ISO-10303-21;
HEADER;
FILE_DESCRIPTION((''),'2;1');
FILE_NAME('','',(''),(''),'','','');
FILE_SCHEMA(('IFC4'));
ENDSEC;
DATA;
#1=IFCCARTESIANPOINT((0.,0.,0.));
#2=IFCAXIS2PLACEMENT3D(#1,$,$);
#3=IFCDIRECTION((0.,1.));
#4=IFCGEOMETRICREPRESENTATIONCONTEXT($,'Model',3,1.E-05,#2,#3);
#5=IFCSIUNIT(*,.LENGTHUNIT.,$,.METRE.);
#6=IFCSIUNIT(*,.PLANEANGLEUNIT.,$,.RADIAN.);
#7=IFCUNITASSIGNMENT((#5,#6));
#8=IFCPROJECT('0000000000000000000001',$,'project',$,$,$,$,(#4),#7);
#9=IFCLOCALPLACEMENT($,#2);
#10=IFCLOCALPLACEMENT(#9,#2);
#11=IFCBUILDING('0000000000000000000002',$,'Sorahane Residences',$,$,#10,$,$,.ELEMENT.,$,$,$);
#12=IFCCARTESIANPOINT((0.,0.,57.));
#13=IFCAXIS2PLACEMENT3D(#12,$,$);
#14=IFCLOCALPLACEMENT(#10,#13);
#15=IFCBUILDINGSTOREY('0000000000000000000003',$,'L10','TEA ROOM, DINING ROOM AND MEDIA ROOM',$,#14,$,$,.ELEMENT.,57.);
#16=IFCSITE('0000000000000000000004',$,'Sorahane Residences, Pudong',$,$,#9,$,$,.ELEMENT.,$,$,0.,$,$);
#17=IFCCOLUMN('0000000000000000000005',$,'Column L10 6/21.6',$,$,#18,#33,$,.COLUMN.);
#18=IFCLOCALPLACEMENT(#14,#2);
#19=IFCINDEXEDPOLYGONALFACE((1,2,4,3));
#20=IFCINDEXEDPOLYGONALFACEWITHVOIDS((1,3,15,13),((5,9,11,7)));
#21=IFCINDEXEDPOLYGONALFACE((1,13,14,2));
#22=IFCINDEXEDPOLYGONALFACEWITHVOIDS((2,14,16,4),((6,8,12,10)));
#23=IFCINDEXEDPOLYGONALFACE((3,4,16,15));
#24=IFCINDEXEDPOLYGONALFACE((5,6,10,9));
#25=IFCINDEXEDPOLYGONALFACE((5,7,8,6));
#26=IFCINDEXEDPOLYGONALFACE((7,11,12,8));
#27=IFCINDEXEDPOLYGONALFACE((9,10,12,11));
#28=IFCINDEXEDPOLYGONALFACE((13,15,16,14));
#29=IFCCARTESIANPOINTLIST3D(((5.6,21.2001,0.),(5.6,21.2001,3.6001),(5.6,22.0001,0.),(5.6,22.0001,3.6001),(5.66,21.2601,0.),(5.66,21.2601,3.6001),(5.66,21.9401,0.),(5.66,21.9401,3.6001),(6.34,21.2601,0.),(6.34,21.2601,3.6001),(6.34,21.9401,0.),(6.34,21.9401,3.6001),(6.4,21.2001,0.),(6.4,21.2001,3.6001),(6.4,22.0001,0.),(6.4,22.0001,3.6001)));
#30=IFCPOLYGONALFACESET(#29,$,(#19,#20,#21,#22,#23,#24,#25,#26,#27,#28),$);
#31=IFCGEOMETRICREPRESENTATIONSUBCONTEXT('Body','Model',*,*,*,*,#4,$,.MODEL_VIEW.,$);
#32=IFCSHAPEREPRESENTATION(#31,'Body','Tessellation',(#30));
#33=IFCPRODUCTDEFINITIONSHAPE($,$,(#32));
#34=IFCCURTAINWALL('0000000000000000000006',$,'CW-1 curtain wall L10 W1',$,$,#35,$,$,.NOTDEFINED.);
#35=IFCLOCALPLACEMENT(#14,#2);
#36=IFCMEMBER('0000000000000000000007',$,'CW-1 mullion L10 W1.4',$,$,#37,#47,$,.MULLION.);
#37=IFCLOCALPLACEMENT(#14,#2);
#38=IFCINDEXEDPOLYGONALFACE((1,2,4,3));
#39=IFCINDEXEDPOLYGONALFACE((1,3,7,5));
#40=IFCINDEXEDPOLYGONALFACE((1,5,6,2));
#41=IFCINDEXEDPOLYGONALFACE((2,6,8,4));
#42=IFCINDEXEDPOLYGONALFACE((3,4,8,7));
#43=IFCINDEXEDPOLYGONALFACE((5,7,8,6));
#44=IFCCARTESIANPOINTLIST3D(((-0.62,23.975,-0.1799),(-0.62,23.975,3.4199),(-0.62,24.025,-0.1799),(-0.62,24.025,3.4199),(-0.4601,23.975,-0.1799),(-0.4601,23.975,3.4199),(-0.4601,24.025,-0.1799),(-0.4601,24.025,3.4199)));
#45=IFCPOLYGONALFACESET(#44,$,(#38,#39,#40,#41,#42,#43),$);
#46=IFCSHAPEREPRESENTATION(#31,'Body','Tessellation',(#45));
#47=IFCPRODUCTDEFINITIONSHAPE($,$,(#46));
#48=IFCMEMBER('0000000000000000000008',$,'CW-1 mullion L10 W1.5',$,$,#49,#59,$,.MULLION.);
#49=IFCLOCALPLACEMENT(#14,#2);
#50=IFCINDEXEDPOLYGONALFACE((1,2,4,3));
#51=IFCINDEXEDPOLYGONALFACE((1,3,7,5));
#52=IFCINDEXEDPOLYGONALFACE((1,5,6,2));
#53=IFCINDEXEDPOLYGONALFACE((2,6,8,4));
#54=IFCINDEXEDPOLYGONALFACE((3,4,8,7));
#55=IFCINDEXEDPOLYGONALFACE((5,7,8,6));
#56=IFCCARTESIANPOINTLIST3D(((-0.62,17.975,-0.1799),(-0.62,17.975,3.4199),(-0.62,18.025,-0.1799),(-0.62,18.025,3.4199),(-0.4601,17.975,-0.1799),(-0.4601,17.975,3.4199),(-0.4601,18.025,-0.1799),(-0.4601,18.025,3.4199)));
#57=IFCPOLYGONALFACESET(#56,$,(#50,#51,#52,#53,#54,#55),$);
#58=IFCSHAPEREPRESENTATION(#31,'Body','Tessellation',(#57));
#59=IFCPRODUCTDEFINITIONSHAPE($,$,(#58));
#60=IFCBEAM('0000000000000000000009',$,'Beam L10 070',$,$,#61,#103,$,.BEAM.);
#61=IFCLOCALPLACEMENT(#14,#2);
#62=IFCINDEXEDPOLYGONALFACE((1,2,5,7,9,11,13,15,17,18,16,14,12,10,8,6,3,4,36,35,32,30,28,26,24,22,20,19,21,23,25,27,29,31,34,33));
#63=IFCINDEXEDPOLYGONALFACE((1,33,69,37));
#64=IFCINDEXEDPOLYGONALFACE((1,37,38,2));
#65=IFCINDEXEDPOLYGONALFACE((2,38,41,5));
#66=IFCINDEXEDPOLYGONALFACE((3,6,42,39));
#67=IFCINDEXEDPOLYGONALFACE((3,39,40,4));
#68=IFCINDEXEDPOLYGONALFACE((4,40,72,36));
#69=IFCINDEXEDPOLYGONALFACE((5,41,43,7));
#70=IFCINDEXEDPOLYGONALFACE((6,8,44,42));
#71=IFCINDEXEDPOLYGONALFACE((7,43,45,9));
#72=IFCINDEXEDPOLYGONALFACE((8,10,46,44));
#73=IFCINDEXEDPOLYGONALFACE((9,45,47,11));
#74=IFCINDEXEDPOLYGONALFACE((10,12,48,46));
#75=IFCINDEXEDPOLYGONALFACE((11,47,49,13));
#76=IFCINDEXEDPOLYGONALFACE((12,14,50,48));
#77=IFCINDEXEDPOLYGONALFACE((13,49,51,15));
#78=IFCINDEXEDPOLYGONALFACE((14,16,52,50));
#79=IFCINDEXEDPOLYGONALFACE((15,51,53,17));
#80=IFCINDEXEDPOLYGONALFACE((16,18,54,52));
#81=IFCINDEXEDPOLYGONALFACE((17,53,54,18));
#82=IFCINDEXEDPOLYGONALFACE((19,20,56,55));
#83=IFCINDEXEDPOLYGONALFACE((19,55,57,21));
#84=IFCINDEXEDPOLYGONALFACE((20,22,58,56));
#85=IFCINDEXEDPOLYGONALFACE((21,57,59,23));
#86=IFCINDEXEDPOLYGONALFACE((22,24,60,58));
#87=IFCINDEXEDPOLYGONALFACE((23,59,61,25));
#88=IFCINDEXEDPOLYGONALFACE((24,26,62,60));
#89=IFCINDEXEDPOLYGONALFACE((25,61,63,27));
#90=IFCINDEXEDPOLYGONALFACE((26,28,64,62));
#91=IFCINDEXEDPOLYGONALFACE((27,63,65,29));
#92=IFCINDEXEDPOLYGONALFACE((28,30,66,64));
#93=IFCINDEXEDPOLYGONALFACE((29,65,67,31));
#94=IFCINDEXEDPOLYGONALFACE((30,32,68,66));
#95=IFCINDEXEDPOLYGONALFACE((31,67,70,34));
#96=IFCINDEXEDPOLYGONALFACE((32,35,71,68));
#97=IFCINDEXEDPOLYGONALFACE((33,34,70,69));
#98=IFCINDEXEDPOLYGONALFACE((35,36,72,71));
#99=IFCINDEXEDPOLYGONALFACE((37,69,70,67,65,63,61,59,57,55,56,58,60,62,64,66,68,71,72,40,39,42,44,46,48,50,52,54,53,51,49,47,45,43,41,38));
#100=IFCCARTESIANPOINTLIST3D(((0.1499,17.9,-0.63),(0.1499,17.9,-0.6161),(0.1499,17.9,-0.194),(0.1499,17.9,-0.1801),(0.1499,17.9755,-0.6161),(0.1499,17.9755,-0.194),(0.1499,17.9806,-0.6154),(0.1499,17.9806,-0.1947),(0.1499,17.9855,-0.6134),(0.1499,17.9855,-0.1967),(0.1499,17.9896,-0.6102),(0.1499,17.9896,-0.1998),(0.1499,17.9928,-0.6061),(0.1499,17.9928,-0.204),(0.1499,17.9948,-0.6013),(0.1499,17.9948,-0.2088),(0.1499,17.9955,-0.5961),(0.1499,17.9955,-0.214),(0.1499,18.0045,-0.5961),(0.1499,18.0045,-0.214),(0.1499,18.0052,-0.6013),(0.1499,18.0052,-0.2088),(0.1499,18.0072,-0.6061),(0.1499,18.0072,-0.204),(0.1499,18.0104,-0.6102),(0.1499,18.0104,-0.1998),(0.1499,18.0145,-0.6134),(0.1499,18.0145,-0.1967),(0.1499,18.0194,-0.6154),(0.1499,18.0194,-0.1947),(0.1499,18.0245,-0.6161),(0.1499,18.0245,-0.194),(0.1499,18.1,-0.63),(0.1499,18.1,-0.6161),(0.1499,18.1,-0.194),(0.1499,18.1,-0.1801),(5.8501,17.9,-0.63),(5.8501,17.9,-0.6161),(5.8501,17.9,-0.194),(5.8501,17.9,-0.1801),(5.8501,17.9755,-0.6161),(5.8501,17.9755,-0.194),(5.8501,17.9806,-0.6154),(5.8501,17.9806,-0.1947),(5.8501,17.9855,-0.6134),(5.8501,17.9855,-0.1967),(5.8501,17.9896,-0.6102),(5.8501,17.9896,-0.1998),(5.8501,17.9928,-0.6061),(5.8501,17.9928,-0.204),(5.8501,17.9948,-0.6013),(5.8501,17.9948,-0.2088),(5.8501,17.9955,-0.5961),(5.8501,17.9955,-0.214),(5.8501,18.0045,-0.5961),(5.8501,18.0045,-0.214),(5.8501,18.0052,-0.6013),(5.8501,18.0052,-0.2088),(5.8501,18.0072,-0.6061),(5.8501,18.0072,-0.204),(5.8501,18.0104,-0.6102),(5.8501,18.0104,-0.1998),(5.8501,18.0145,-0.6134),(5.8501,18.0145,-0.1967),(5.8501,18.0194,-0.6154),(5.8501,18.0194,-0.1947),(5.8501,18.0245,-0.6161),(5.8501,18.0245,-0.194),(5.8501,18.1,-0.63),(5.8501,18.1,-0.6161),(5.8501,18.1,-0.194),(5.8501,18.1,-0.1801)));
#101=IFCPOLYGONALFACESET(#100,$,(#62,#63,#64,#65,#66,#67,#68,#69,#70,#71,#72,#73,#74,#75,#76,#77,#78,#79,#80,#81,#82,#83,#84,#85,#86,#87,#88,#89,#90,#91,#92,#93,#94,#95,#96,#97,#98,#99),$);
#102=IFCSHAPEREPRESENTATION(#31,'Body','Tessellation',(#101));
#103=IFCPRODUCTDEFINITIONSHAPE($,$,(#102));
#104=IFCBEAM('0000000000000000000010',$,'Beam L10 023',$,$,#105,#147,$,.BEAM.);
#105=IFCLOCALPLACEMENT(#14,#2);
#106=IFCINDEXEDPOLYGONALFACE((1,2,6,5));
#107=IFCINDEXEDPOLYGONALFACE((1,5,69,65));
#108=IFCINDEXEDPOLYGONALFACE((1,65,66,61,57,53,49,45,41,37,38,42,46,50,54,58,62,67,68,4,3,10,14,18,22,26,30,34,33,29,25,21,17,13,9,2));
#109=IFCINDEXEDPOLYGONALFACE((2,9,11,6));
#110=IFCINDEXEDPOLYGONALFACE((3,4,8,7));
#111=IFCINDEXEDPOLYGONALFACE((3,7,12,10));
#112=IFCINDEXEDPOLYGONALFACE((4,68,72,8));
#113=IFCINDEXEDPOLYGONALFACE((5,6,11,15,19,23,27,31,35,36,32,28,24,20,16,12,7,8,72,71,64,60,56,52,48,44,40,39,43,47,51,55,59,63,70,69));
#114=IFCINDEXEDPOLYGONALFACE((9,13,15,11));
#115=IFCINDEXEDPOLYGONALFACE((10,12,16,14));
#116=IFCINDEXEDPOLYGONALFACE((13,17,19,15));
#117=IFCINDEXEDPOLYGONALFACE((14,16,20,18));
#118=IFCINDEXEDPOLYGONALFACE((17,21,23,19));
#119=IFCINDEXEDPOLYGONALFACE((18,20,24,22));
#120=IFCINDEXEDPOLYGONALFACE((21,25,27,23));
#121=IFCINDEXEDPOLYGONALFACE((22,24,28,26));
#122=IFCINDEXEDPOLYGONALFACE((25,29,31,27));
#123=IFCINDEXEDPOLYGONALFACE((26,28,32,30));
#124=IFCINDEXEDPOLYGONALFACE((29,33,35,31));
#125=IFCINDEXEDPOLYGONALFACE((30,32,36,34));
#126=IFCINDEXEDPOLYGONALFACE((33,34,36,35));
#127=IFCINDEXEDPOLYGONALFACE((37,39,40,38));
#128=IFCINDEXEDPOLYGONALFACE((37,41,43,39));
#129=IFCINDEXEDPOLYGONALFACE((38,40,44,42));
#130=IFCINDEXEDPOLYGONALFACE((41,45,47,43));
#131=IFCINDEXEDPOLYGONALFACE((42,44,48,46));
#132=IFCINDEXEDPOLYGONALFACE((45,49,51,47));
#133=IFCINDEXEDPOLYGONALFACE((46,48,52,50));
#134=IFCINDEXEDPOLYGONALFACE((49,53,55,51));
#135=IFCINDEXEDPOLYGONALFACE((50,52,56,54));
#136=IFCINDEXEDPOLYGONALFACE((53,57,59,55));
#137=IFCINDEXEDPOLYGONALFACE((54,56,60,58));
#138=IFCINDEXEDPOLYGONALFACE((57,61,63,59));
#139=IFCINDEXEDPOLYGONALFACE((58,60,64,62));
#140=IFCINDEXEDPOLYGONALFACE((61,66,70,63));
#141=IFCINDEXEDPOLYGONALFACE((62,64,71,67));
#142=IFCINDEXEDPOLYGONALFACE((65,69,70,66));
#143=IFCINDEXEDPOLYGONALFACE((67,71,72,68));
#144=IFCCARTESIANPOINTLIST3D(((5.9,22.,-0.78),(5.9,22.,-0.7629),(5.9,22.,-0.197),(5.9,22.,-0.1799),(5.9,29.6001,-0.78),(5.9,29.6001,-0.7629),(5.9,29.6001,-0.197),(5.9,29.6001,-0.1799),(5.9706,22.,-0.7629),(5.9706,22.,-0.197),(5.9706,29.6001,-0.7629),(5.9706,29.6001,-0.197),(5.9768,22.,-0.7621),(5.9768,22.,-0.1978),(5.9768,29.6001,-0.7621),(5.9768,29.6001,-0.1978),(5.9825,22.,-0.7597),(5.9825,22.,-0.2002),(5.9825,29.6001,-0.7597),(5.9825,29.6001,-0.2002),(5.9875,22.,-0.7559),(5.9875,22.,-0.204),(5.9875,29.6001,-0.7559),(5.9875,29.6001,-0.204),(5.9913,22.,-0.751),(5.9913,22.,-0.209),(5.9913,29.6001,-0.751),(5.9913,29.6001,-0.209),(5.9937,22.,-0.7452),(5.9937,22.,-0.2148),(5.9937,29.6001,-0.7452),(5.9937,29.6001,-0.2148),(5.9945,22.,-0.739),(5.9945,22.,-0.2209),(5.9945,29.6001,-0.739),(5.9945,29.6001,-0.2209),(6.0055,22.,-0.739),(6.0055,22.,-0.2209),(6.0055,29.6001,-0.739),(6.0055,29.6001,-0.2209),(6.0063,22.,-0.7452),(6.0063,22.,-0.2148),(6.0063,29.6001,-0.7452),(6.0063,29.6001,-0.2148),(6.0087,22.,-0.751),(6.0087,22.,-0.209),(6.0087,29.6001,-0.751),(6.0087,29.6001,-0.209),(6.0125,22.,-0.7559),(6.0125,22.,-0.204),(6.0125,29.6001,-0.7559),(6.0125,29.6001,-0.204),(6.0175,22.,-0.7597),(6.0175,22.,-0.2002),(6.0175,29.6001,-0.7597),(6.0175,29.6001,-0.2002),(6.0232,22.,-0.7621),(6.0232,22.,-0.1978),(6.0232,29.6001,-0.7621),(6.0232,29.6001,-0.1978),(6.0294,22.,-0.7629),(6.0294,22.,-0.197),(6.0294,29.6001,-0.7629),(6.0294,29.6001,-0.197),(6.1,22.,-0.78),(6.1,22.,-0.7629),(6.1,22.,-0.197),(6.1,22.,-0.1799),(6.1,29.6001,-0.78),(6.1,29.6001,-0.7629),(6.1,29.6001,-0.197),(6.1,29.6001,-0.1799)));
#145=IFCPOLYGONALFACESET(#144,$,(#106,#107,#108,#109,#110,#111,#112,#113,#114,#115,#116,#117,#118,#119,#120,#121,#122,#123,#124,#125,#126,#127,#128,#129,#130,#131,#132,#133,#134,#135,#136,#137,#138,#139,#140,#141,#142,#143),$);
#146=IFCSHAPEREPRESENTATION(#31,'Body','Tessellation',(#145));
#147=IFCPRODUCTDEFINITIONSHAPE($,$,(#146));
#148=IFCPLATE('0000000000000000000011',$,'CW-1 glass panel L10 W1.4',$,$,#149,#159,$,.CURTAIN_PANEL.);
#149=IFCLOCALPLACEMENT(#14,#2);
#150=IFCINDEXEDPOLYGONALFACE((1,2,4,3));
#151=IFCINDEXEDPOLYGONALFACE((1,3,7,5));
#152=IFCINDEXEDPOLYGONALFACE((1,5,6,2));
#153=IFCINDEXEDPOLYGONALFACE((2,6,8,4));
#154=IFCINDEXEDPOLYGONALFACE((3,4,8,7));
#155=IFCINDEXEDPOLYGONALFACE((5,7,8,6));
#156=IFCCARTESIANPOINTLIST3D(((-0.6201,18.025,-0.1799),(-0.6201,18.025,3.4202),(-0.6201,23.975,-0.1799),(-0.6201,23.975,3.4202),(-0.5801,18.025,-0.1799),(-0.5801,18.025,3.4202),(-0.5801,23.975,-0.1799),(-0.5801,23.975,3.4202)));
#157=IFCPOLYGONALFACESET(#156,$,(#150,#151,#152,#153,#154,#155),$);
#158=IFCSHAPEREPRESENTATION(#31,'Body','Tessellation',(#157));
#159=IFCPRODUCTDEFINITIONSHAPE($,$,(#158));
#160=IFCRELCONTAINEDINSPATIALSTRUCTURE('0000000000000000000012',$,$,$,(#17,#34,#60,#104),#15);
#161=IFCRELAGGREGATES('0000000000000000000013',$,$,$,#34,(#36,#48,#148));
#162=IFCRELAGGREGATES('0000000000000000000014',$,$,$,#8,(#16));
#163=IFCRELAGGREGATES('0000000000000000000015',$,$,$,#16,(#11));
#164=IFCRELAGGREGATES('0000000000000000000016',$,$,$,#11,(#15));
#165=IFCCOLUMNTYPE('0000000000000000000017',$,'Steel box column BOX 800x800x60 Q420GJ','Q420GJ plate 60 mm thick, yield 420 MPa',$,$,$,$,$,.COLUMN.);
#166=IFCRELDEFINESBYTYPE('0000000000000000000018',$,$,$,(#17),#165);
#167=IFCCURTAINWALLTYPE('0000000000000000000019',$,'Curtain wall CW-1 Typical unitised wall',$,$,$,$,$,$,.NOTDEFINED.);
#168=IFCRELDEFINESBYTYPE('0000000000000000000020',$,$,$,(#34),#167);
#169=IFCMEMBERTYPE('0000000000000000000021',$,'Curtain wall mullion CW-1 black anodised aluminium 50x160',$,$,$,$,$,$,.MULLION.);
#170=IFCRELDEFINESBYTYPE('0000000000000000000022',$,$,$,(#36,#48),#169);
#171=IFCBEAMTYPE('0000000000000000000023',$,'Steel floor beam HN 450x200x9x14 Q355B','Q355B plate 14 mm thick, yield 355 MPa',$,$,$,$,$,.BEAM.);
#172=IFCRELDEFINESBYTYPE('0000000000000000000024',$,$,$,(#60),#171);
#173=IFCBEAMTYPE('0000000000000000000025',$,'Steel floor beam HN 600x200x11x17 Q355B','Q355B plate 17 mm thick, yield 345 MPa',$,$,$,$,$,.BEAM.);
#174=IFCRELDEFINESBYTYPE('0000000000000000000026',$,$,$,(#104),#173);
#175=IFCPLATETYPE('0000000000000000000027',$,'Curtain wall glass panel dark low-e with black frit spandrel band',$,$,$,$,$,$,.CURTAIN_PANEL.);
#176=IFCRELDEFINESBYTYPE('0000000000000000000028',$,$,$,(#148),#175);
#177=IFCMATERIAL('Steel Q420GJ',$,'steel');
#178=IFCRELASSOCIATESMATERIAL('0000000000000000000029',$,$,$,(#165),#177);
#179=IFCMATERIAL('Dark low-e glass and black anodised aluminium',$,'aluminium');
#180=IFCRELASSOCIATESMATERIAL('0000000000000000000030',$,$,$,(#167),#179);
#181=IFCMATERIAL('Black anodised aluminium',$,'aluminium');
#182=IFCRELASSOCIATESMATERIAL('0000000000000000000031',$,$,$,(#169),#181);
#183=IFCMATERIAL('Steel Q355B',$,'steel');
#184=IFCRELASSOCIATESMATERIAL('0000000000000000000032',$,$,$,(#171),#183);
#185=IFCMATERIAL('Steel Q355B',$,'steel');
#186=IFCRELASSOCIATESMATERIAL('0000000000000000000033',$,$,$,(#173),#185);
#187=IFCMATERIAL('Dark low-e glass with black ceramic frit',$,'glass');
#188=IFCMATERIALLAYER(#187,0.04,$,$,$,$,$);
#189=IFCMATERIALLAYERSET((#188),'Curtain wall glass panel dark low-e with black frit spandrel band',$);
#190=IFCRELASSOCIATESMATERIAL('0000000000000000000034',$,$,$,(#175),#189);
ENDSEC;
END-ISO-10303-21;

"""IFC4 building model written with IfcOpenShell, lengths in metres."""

from ifc_helpers import new_model, si_unit, direction, frame, origin, origin_2d, place, context, subcontext, project, spatial, rectangle, hollow_rectangle, i_section, extrude, material, layer, layer_set, material_profile, profile_set, type_object, element, aggregate, save


model = new_model("IFC4")

# Units and contexts
model_context = context("Model", 3, precision=1e-05, world=origin(), true_north=direction((0.0, 1.0)))
body_context = subcontext(model_context, "Body", "Model", "MODEL_VIEW")
ifc_project = project(units=[si_unit("LENGTHUNIT", "METRE"), si_unit("PLANEANGLEUNIT", "RADIAN")], contexts=[model_context])

# Site, building, storey
site_placement = place(None, origin())
site = spatial("IfcSite", under=ifc_project, at=site_placement, Name="Sorahane Residences, Pudong", CompositionType="ELEMENT", RefElevation=0.0)
building_placement = place(site_placement, origin())
building = spatial("IfcBuilding", under=site, at=building_placement, Name="Sorahane Residences", CompositionType="ELEMENT")
storey_placement = place(building_placement, frame((0.0, 0.0, 57.0)))
storey = spatial("IfcBuildingStorey", under=building, at=storey_placement, Name="L10", Description="TEA ROOM, DINING ROOM AND MEDIA ROOM", CompositionType="ELEMENT", Elevation=57.0)

# Column
ifc_material_1 = material(Name="Steel Q420GJ", Category="steel")
ifc_material_profile_1 = material_profile(ifc_material_1, hollow_rectangle(XDim=0.8, YDim=0.8, WallThickness=0.0601, at=origin_2d()), Name="BOX 800x800x60")
ifc_profile_set_1 = profile_set([ifc_material_profile_1], Name="Steel Q420GJ")
column_type = type_object("IfcColumnType", Name="Steel box column BOX 800x800x60 Q420GJ", Description="Q420GJ plate 60 mm thick, yield 420 MPa", PredefinedType="COLUMN", material=ifc_profile_set_1)
column_placement = place(storey_placement, frame((6.0, 21.6001, 0.0), z_axis=(0.0, 0.0, 1.0), x_axis=(1.0, 0.0, 0.0)))
element("IfcColumn", 1, at=column_placement, inside=storey, type_object=column_type, Name="Column L10 6/21.6", PredefinedType="COLUMN", context=body_context, shape_type="SweptSolid", body=[
    extrude(hollow_rectangle(XDim=0.8, YDim=0.8, WallThickness=0.0601, at=origin_2d()), origin(), (0.0, 0.0, 1.0), 3.6001),
])

# Curtain wall, members
ifc_material_2 = material(Name="Dark low-e glass and black anodised aluminium", Category="aluminium")
curtain_wall_type = type_object("IfcCurtainWallType", Name="Curtain wall CW-1 Typical unitised wall", PredefinedType="NOTDEFINED", material=ifc_material_2)
curtain_wall_placement = place(storey_placement, origin())
curtain_wall = element("IfcCurtainWall", 2, at=curtain_wall_placement, inside=storey, type_object=curtain_wall_type, Name="CW-1 curtain wall L10 W1", PredefinedType="NOTDEFINED")
ifc_material_3 = material(Name="Black anodised aluminium", Category="aluminium")
ifc_material_profile_2 = material_profile(ifc_material_3, rectangle(XDim=0.1599, YDim=0.05, at=origin_2d()), Name="Curtain wall mullion CW-1 black anodised aluminium 50x160")
ifc_profile_set_2 = profile_set([ifc_material_profile_2], Name="Black anodised aluminium")
member_type = type_object("IfcMemberType", Name="Curtain wall mullion CW-1 black anodised aluminium 50x160", PredefinedType="MULLION", material=ifc_profile_set_2)
member_1_placement = place(storey_placement, frame((-0.54, 24.0, -0.1799), z_axis=(0.0, 0.0, 1.0), x_axis=(-1.0, 0.0, 0.0)))
member_1 = element("IfcMember", 3, at=member_1_placement, type_object=member_type, Name="CW-1 mullion L10 W1.4", PredefinedType="MULLION", context=body_context, shape_type="SweptSolid", body=[
    extrude(rectangle(XDim=0.1599, YDim=0.05, at=origin_2d()), origin(), (0.0, 0.0, 1.0), 3.5999),
])
member_2_placement = place(storey_placement, frame((-0.54, 18.0, -0.1799), z_axis=(0.0, 0.0, 1.0), x_axis=(-1.0, 0.0, 0.0)))
member_2 = element("IfcMember", 4, at=member_2_placement, type_object=member_type, Name="CW-1 mullion L10 W1.5", PredefinedType="MULLION", context=body_context, shape_type="SweptSolid", body=[
    extrude(rectangle(XDim=0.1599, YDim=0.05, at=origin_2d()), origin(), (0.0, 0.0, 1.0), 3.5999),
])

# Beams
ifc_material_4 = material(Name="Steel Q355B", Category="steel")
ifc_material_profile_3 = material_profile(ifc_material_4, i_section(OverallWidth=0.2, OverallDepth=0.45, WebThickness=0.009, FlangeThickness=0.0139, FilletRadius=0.02, at=origin_2d()), Name="HN 450x200x9x14")
ifc_profile_set_3 = profile_set([ifc_material_profile_3], Name="Steel Q355B")
beam_type_1 = type_object("IfcBeamType", Name="Steel floor beam HN 450x200x9x14 Q355B", Description="Q355B plate 14 mm thick, yield 355 MPa", PredefinedType="BEAM", material=ifc_profile_set_3)
beam_1_placement = place(storey_placement, frame((0.1499, 18.0, -0.405), z_axis=(1.0, 0.0, 0.0), x_axis=(0.0, 1.0, 0.0)))
element("IfcBeam", 5, at=beam_1_placement, inside=storey, type_object=beam_type_1, Name="Beam L10 070", PredefinedType="BEAM", context=body_context, shape_type="SweptSolid", body=[
    extrude(i_section(OverallWidth=0.2, OverallDepth=0.45, WebThickness=0.009, FlangeThickness=0.0139, FilletRadius=0.02, at=origin_2d()), origin(), (0.0, 0.0, 1.0), 5.7002),
])
ifc_material_5 = material(Name="Steel Q355B", Category="steel")
ifc_material_profile_4 = material_profile(ifc_material_5, i_section(OverallWidth=0.2, OverallDepth=0.6001, WebThickness=0.011, FlangeThickness=0.0171, FilletRadius=0.0239, at=origin_2d()), Name="HN 600x200x11x17")
ifc_profile_set_4 = profile_set([ifc_material_profile_4], Name="Steel Q355B")
beam_type_2 = type_object("IfcBeamType", Name="Steel floor beam HN 600x200x11x17 Q355B", Description="Q355B plate 17 mm thick, yield 345 MPa", PredefinedType="BEAM", material=ifc_profile_set_4)
beam_2_placement = place(storey_placement, frame((6.0, 22.0, -0.48), z_axis=(0.0, 1.0, 0.0), x_axis=(-1.0, 0.0, 0.0)))
element("IfcBeam", 6, at=beam_2_placement, inside=storey, type_object=beam_type_2, Name="Beam L10 023", PredefinedType="BEAM", context=body_context, shape_type="SweptSolid", body=[
    extrude(i_section(OverallWidth=0.2, OverallDepth=0.6001, WebThickness=0.011, FlangeThickness=0.0171, FilletRadius=0.0239, at=origin_2d()), origin(), (0.0, 0.0, 1.0), 7.6001),
])

# Plate
ifc_material_6 = material(Name="Dark low-e glass with black ceramic frit", Category="glass")
ifc_layer_1 = layer(ifc_material_6, 0.04)
ifc_layer_set_1 = layer_set([ifc_layer_1], Name="Curtain wall glass panel dark low-e with black frit spandrel band")
plate_type = type_object("IfcPlateType", Name="Curtain wall glass panel dark low-e with black frit spandrel band", PredefinedType="CURTAIN_PANEL", material=ifc_layer_set_1)
plate_placement = place(storey_placement, frame((-0.6001, 21.0, -0.1799), z_axis=(0.0, 0.0, 1.0), x_axis=(0.0, -1.0, 0.0)))
plate = element("IfcPlate", 7, at=plate_placement, type_object=plate_type, Name="CW-1 glass panel L10 W1.4", PredefinedType="CURTAIN_PANEL", context=body_context, shape_type="SweptSolid", body=[
    extrude(rectangle(XDim=5.95, YDim=0.04, at=origin_2d()), origin(), (0.0, 0.0, 1.0), 3.6001),
])
aggregate(curtain_wall, [member_1, member_2, plate])

save(model, "model.ifc")
